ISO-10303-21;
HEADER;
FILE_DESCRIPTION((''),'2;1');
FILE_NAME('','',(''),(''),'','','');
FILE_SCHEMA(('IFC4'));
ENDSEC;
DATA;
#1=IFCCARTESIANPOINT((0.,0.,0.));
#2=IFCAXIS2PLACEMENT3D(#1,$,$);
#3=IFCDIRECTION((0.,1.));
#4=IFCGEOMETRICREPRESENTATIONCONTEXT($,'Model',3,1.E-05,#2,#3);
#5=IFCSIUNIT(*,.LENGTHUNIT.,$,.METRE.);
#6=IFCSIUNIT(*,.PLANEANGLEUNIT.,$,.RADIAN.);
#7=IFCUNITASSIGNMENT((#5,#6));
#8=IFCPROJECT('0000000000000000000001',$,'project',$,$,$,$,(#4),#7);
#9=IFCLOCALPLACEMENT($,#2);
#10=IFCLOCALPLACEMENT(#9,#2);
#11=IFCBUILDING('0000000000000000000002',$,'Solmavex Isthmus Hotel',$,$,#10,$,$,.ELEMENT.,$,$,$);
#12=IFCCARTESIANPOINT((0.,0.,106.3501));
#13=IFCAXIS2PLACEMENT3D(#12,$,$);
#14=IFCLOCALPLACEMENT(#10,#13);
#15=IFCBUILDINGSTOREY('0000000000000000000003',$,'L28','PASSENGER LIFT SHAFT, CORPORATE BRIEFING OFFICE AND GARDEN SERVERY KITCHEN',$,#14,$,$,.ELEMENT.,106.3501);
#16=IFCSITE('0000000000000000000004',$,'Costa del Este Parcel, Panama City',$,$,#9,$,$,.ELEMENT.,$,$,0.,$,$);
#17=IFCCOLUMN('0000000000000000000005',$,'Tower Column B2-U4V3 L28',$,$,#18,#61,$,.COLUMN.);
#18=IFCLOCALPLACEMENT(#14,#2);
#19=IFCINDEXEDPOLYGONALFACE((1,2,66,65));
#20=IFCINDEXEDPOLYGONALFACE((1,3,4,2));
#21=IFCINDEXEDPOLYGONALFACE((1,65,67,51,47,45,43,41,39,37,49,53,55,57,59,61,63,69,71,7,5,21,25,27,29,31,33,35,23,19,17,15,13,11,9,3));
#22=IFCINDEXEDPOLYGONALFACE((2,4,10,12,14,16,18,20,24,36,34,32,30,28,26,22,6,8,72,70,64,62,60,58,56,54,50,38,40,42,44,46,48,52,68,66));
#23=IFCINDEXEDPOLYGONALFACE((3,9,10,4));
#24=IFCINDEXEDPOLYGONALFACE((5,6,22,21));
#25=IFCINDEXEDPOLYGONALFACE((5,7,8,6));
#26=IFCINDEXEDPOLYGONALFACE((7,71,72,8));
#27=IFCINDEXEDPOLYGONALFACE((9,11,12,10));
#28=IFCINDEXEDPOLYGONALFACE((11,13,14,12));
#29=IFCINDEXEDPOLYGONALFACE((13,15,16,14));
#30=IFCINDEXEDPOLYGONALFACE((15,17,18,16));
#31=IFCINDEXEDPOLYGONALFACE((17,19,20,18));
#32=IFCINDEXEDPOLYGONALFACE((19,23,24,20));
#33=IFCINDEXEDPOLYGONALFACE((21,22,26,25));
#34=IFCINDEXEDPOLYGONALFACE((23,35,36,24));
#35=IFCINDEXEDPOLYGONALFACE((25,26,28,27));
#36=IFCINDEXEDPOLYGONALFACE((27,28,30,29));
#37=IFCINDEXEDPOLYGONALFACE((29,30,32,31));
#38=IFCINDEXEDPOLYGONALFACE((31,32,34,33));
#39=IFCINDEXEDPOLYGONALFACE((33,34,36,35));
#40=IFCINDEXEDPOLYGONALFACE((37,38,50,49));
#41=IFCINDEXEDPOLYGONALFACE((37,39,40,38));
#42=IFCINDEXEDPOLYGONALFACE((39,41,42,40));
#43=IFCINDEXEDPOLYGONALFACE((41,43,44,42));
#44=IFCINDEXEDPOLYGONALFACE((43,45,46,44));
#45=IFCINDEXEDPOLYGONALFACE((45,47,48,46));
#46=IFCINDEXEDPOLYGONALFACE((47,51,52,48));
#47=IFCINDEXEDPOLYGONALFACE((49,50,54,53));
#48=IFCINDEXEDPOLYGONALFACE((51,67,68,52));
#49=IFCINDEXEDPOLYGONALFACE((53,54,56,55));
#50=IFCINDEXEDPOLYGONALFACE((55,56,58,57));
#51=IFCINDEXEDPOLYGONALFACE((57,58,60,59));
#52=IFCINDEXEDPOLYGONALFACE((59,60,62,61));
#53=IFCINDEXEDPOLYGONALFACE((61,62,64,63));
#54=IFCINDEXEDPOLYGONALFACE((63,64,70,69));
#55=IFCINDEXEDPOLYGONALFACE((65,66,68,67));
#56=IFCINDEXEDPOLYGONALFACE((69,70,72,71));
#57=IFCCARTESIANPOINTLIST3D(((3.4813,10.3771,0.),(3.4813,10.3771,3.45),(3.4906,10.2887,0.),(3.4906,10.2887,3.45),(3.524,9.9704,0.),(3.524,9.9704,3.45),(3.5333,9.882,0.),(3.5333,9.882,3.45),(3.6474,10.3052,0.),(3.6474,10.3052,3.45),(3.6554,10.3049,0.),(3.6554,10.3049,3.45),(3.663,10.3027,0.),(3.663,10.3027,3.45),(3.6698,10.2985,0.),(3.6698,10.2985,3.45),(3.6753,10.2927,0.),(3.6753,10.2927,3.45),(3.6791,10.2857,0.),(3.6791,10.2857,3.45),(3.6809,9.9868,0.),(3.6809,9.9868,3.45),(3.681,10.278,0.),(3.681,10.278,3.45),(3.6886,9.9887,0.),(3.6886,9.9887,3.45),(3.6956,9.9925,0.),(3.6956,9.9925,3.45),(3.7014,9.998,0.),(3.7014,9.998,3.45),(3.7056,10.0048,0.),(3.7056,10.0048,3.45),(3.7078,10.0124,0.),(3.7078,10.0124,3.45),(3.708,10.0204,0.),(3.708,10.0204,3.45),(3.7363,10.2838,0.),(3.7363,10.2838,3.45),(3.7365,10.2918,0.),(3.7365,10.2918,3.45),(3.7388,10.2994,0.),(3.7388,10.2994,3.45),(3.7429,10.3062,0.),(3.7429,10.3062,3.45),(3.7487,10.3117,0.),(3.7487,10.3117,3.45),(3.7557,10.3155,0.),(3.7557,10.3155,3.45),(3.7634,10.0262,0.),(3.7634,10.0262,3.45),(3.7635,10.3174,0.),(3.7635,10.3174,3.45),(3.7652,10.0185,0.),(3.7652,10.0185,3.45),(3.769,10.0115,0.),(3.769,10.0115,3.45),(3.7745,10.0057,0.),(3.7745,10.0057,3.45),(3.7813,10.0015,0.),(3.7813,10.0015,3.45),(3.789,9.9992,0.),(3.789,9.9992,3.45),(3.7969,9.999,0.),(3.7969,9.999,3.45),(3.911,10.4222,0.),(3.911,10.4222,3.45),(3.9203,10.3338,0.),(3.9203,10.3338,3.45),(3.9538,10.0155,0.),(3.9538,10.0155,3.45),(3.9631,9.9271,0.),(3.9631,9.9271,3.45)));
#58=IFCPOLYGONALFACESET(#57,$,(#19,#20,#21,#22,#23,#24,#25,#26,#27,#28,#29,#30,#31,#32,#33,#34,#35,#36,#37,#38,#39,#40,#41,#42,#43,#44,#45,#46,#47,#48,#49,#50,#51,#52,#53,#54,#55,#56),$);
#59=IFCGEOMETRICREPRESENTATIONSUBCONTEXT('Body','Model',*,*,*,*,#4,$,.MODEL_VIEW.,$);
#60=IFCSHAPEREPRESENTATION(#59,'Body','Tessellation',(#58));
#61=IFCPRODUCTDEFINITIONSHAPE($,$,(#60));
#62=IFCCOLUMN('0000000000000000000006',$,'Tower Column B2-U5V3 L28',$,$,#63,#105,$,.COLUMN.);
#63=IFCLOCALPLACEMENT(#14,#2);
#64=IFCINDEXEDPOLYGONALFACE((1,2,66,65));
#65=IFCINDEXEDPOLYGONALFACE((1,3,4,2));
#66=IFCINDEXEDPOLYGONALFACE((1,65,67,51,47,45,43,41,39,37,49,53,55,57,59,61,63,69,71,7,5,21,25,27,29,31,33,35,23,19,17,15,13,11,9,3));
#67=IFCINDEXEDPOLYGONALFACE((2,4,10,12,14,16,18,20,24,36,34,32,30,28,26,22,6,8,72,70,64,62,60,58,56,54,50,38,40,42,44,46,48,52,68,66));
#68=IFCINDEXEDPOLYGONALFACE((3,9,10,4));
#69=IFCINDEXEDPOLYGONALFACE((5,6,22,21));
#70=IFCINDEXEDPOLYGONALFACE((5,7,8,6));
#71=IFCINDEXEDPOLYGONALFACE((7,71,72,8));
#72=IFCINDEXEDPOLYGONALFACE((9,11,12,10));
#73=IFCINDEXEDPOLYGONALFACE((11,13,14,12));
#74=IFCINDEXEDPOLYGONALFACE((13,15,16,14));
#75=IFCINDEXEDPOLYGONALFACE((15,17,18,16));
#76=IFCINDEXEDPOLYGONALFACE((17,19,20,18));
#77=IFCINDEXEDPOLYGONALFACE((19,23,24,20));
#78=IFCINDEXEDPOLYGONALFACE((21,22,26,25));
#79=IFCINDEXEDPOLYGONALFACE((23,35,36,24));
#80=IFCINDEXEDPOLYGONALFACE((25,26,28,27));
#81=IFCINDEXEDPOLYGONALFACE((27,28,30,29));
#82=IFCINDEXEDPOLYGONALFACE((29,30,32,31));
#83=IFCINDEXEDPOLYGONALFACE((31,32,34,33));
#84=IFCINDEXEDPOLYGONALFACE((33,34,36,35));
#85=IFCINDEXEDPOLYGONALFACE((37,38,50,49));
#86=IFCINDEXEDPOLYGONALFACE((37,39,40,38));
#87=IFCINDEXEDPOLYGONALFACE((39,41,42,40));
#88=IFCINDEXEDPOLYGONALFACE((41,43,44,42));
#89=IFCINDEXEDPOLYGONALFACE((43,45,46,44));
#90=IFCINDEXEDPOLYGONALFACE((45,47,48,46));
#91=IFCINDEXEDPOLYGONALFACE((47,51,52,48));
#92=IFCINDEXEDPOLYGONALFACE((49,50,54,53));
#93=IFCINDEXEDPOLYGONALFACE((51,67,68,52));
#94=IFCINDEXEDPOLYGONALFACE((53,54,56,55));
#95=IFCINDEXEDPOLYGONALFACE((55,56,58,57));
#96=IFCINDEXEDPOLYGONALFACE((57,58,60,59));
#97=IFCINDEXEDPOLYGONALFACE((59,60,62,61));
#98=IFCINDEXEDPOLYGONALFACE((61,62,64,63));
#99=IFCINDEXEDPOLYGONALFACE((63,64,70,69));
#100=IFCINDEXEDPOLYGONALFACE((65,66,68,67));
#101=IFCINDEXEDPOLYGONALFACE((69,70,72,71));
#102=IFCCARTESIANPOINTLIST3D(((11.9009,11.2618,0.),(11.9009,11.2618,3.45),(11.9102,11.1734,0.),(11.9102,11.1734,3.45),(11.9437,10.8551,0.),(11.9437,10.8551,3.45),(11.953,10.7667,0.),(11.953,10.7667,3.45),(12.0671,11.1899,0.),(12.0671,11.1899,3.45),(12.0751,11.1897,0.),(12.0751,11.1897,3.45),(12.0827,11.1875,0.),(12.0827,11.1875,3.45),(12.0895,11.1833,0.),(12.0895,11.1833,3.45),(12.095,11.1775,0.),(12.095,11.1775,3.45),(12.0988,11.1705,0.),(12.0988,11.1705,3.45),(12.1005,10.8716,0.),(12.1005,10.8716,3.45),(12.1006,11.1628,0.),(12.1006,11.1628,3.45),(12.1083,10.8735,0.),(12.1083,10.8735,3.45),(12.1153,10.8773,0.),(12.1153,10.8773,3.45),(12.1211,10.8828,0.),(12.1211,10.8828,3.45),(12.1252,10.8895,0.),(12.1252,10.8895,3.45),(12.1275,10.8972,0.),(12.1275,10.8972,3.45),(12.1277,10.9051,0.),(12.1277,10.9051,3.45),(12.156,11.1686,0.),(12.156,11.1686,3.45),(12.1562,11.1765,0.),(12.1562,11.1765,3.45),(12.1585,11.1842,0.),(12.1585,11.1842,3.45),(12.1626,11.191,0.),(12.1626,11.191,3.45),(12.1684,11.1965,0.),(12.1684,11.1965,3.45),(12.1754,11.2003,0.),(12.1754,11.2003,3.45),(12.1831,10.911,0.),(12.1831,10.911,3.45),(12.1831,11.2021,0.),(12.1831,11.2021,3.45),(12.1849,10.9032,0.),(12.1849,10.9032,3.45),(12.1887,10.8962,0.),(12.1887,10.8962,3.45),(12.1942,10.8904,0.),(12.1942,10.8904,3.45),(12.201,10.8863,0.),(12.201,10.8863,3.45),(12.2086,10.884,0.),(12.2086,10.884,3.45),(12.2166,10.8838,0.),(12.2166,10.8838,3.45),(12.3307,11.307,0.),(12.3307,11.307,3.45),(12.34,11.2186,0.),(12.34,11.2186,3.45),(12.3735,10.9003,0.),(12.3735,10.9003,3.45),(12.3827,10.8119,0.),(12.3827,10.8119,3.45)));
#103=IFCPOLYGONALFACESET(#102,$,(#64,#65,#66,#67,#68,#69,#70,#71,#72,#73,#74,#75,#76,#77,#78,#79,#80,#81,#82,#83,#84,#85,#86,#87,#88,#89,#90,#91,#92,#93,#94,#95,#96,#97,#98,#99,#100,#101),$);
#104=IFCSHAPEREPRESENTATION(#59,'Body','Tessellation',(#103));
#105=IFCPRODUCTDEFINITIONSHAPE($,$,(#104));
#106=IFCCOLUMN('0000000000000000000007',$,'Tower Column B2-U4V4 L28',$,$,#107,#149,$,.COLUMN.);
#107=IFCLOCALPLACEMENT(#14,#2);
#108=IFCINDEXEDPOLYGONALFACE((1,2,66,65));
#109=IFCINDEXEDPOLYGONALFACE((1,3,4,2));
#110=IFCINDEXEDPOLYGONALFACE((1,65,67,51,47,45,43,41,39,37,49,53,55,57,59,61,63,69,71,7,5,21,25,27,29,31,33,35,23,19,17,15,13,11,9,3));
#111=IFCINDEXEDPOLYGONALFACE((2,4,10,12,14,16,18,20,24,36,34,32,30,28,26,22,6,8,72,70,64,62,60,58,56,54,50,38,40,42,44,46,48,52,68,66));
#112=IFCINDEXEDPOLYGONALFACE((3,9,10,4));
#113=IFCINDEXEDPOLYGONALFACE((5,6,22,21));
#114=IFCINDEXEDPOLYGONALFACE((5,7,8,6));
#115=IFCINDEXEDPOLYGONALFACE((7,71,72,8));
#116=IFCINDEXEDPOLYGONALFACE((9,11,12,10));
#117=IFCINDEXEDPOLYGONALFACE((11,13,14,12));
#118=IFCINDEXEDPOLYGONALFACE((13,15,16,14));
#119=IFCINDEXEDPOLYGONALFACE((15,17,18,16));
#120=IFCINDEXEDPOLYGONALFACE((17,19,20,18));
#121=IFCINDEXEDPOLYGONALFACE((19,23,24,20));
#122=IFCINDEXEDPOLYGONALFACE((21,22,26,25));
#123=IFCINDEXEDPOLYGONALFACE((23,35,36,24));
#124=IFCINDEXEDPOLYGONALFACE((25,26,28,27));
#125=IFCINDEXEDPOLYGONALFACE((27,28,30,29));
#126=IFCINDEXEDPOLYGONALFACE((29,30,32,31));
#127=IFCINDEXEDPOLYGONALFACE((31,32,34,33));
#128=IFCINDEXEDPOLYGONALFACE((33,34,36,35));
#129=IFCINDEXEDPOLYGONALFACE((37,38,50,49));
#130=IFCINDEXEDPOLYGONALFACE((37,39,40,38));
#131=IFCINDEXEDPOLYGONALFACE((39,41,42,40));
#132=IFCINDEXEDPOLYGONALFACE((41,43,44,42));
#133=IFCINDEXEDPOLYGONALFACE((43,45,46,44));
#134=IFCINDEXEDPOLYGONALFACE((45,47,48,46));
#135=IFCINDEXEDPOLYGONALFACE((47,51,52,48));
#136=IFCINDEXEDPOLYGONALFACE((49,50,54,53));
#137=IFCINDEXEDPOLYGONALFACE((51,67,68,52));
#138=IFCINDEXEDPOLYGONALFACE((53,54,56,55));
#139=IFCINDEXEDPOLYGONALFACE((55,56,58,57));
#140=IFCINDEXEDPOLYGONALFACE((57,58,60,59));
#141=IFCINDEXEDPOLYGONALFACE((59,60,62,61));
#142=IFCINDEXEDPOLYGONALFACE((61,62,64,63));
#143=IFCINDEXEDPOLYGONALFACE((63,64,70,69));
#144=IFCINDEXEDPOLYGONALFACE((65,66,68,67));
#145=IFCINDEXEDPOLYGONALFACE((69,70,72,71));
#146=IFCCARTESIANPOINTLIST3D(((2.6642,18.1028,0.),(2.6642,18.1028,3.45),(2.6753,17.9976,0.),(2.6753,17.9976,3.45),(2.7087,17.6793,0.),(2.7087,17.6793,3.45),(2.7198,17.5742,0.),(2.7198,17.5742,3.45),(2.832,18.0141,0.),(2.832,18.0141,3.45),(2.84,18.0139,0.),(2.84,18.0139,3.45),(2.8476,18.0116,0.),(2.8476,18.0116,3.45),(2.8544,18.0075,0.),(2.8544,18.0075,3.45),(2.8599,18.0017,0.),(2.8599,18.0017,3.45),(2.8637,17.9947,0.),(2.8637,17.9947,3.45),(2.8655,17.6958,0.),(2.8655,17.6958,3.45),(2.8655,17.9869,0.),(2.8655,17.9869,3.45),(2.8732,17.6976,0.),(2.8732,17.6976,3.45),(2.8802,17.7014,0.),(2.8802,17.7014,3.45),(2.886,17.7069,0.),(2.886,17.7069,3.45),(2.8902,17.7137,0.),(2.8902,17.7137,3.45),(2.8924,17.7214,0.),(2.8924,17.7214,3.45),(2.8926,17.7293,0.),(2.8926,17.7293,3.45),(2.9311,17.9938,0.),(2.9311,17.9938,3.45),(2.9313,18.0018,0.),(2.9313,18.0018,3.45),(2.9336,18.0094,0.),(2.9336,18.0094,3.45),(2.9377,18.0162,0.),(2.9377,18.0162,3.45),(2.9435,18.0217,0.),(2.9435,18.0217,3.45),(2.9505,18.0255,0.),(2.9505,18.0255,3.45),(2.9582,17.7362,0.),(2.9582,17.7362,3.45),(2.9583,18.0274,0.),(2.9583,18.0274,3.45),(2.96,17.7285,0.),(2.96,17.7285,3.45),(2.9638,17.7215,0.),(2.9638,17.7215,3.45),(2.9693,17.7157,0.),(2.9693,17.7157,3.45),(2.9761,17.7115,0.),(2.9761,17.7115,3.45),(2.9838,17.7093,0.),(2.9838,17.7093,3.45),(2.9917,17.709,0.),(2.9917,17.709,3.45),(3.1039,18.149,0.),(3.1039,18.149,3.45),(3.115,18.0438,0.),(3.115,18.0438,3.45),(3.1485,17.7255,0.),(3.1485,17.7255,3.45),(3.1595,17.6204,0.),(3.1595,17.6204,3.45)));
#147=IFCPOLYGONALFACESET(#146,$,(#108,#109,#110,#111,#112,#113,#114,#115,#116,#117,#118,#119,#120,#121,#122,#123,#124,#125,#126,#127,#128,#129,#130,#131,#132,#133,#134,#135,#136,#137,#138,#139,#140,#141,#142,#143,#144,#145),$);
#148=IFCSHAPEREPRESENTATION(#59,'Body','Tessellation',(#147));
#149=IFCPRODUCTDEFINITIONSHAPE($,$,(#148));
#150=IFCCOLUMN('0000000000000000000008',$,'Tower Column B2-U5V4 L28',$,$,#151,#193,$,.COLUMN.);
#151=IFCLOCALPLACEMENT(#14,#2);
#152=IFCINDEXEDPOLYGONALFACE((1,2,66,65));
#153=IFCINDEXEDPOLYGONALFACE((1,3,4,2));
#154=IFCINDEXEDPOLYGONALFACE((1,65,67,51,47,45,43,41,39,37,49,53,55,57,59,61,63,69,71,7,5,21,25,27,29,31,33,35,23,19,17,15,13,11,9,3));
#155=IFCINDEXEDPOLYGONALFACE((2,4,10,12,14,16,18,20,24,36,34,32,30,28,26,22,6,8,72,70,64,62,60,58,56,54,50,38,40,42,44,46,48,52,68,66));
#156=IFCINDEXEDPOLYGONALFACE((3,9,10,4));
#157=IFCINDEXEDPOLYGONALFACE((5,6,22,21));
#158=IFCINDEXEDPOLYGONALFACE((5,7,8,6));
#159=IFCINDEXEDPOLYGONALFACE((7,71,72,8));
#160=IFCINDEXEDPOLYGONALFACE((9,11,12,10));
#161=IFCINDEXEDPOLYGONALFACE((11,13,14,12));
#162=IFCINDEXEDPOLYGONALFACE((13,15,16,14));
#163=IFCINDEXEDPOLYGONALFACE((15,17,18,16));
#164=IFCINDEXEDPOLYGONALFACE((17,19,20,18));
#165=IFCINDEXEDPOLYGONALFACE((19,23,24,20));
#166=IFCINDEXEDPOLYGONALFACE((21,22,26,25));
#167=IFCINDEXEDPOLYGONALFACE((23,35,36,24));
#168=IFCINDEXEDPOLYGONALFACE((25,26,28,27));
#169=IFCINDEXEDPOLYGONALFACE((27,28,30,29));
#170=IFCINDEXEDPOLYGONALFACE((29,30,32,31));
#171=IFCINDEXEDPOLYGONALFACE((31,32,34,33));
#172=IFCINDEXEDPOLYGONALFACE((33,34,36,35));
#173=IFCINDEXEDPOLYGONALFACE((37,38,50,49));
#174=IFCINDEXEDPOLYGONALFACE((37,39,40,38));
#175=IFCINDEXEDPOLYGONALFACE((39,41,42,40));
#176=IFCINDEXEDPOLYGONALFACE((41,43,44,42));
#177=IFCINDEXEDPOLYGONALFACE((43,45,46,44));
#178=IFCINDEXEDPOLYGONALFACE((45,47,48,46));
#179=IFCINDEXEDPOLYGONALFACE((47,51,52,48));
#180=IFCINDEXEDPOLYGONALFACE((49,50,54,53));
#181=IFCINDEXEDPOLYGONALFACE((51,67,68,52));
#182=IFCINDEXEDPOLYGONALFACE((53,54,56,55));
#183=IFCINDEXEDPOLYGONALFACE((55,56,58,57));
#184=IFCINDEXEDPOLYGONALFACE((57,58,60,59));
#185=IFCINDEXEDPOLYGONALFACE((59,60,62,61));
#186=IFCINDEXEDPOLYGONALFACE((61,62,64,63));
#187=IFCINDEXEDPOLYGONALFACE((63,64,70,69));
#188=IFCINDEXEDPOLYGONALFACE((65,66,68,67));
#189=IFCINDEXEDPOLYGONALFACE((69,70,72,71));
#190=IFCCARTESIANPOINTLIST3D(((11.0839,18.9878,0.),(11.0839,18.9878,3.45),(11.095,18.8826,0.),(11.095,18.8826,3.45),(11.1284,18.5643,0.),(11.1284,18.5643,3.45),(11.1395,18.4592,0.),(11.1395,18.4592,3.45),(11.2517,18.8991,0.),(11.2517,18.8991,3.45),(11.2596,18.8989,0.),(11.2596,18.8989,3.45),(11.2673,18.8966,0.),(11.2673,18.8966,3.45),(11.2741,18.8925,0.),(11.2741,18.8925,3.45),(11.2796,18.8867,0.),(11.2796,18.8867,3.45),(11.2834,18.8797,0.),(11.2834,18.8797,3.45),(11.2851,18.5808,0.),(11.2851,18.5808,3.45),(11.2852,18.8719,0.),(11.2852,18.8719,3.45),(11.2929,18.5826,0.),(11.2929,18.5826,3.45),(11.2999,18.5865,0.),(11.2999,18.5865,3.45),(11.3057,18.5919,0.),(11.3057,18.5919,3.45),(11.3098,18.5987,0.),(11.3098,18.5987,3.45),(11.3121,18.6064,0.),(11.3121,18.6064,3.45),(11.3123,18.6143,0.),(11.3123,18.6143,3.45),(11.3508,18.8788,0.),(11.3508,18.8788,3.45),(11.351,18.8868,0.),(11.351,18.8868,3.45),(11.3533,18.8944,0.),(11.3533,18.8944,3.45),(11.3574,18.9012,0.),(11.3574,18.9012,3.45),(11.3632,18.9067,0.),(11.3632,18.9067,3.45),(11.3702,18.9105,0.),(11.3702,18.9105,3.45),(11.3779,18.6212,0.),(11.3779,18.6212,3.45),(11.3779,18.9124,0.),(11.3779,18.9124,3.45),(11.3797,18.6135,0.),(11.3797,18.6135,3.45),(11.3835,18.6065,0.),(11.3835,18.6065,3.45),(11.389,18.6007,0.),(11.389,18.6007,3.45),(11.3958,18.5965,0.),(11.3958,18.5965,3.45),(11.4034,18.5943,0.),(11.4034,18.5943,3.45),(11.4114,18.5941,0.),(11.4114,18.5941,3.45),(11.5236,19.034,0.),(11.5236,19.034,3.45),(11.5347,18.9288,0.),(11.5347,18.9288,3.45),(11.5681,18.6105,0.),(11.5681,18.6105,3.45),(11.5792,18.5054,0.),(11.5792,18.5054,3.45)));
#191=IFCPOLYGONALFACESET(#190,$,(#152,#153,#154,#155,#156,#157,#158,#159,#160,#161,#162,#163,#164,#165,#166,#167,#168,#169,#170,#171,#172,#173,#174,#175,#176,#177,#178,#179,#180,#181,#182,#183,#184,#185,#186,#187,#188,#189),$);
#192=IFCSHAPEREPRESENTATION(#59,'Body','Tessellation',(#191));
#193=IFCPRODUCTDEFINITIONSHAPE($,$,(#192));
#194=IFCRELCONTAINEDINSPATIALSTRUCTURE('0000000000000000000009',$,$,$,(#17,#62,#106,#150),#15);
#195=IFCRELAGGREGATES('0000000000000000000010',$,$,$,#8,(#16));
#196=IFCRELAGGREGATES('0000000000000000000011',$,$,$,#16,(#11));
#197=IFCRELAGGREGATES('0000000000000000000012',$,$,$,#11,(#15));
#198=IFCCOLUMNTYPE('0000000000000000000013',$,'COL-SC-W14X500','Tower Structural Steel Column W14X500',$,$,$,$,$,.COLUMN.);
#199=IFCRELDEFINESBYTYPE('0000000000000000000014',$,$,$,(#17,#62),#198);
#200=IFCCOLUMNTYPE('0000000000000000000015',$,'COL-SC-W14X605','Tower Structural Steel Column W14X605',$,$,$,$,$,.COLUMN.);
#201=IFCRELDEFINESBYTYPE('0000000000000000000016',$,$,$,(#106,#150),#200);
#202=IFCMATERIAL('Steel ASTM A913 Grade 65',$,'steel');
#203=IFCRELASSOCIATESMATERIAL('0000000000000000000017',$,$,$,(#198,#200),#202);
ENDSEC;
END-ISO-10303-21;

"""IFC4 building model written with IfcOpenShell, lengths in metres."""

from ifc_helpers import new_model, si_unit, direction, frame, origin, origin_2d, place, context, subcontext, project, spatial, i_section, extrude, material, material_profile, profile_set, type_object, element, save


model = new_model("IFC4")

# Units and contexts
model_context = context("Model", 3, precision=1e-05, world=origin(), true_north=direction((0.0, 1.0)))
body_context = subcontext(model_context, "Body", "Model", "MODEL_VIEW")
ifc_project = project(units=[si_unit("LENGTHUNIT", "METRE"), si_unit("PLANEANGLEUNIT", "RADIAN")], contexts=[model_context])

# Site, building, storey
site_placement = place(None, origin())
site = spatial("IfcSite", under=ifc_project, at=site_placement, Name="Costa del Este Parcel, Panama City", CompositionType="ELEMENT", RefElevation=0.0)
building_placement = place(site_placement, origin())
building = spatial("IfcBuilding", under=site, at=building_placement, Name="Solmavex Isthmus Hotel", CompositionType="ELEMENT")
storey_placement = place(building_placement, frame((0.0, 0.0, 106.3501)))
storey = spatial("IfcBuildingStorey", under=building, at=storey_placement, Name="L28", Description="PASSENGER LIFT SHAFT, CORPORATE BRIEFING OFFICE AND GARDEN SERVERY KITCHEN", CompositionType="ELEMENT", Elevation=106.3501)

# Columns
ifc_material_1 = material(Name="Steel ASTM A913 Grade 65", Category="steel")
ifc_material_profile_1 = material_profile(ifc_material_1, i_section(OverallWidth=0.4321, OverallDepth=0.4978, WebThickness=0.0557, FlangeThickness=0.0889, FilletRadius=0.0305, at=origin_2d()), Name="W14X500")
ifc_profile_set_1 = profile_set([ifc_material_profile_1], Name="Steel ASTM A913 Grade 65")
column_type_1 = type_object("IfcColumnType", Name="COL-SC-W14X500", Description="Tower Structural Steel Column W14X500", PredefinedType="COLUMN", material=ifc_profile_set_1)
for number, where, z_axis, x_axis, name in (
    (1, (3.7222, 10.1521, 0.0), (0.0, 0.0, 1.0), (0.994522, 0.104528, 0.0), "Tower Column B2-U4V3 L28"),
    (2, (12.1418, 11.0369, 0.0), (0.0, 0.0, 1.0), (0.994522, 0.104528, 0.0), "Tower Column B2-U5V3 L28"),
):
    element("IfcColumn", number, at=place(storey_placement, frame(where, z_axis=z_axis, x_axis=x_axis)), inside=storey, type_object=column_type_1, Name=name, PredefinedType="COLUMN", context=body_context, shape_type="SweptSolid", body=[
        extrude(i_section(OverallWidth=0.4321, OverallDepth=0.4978, WebThickness=0.0557, FlangeThickness=0.0889, FilletRadius=0.0305, at=origin_2d()), origin(), (0.0, 0.0, 1.0), 3.45),
    ])
ifc_material_profile_2 = material_profile(ifc_material_1, i_section(OverallWidth=0.4421, OverallDepth=0.5315, WebThickness=0.0659, FlangeThickness=0.1057, FilletRadius=0.0305, at=origin_2d()), Name="W14X605")
ifc_profile_set_2 = profile_set([ifc_material_profile_2], Name="Steel ASTM A913 Grade 65")
column_type_2 = type_object("IfcColumnType", Name="COL-SC-W14X605", Description="Tower Structural Steel Column W14X605", PredefinedType="COLUMN", material=ifc_profile_set_2)
for number, where, z_axis, x_axis, name in (
    (3, (2.9119, 17.8616, 0.0), (0.0, 0.0, 1.0), (0.994522, 0.104528, 0.0), "Tower Column B2-U4V4 L28"),
    (4, (11.3315, 18.7466, 0.0), (0.0, 0.0, 1.0), (0.994522, 0.104528, 0.0), "Tower Column B2-U5V4 L28"),
):
    element("IfcColumn", number, at=place(storey_placement, frame(where, z_axis=z_axis, x_axis=x_axis)), inside=storey, type_object=column_type_2, Name=name, PredefinedType="COLUMN", context=body_context, shape_type="SweptSolid", body=[
        extrude(i_section(OverallWidth=0.4421, OverallDepth=0.5315, WebThickness=0.0659, FlangeThickness=0.1057, FilletRadius=0.0305, at=origin_2d()), origin(), (0.0, 0.0, 1.0), 3.45),
    ])

save(model, "model.ifc")
